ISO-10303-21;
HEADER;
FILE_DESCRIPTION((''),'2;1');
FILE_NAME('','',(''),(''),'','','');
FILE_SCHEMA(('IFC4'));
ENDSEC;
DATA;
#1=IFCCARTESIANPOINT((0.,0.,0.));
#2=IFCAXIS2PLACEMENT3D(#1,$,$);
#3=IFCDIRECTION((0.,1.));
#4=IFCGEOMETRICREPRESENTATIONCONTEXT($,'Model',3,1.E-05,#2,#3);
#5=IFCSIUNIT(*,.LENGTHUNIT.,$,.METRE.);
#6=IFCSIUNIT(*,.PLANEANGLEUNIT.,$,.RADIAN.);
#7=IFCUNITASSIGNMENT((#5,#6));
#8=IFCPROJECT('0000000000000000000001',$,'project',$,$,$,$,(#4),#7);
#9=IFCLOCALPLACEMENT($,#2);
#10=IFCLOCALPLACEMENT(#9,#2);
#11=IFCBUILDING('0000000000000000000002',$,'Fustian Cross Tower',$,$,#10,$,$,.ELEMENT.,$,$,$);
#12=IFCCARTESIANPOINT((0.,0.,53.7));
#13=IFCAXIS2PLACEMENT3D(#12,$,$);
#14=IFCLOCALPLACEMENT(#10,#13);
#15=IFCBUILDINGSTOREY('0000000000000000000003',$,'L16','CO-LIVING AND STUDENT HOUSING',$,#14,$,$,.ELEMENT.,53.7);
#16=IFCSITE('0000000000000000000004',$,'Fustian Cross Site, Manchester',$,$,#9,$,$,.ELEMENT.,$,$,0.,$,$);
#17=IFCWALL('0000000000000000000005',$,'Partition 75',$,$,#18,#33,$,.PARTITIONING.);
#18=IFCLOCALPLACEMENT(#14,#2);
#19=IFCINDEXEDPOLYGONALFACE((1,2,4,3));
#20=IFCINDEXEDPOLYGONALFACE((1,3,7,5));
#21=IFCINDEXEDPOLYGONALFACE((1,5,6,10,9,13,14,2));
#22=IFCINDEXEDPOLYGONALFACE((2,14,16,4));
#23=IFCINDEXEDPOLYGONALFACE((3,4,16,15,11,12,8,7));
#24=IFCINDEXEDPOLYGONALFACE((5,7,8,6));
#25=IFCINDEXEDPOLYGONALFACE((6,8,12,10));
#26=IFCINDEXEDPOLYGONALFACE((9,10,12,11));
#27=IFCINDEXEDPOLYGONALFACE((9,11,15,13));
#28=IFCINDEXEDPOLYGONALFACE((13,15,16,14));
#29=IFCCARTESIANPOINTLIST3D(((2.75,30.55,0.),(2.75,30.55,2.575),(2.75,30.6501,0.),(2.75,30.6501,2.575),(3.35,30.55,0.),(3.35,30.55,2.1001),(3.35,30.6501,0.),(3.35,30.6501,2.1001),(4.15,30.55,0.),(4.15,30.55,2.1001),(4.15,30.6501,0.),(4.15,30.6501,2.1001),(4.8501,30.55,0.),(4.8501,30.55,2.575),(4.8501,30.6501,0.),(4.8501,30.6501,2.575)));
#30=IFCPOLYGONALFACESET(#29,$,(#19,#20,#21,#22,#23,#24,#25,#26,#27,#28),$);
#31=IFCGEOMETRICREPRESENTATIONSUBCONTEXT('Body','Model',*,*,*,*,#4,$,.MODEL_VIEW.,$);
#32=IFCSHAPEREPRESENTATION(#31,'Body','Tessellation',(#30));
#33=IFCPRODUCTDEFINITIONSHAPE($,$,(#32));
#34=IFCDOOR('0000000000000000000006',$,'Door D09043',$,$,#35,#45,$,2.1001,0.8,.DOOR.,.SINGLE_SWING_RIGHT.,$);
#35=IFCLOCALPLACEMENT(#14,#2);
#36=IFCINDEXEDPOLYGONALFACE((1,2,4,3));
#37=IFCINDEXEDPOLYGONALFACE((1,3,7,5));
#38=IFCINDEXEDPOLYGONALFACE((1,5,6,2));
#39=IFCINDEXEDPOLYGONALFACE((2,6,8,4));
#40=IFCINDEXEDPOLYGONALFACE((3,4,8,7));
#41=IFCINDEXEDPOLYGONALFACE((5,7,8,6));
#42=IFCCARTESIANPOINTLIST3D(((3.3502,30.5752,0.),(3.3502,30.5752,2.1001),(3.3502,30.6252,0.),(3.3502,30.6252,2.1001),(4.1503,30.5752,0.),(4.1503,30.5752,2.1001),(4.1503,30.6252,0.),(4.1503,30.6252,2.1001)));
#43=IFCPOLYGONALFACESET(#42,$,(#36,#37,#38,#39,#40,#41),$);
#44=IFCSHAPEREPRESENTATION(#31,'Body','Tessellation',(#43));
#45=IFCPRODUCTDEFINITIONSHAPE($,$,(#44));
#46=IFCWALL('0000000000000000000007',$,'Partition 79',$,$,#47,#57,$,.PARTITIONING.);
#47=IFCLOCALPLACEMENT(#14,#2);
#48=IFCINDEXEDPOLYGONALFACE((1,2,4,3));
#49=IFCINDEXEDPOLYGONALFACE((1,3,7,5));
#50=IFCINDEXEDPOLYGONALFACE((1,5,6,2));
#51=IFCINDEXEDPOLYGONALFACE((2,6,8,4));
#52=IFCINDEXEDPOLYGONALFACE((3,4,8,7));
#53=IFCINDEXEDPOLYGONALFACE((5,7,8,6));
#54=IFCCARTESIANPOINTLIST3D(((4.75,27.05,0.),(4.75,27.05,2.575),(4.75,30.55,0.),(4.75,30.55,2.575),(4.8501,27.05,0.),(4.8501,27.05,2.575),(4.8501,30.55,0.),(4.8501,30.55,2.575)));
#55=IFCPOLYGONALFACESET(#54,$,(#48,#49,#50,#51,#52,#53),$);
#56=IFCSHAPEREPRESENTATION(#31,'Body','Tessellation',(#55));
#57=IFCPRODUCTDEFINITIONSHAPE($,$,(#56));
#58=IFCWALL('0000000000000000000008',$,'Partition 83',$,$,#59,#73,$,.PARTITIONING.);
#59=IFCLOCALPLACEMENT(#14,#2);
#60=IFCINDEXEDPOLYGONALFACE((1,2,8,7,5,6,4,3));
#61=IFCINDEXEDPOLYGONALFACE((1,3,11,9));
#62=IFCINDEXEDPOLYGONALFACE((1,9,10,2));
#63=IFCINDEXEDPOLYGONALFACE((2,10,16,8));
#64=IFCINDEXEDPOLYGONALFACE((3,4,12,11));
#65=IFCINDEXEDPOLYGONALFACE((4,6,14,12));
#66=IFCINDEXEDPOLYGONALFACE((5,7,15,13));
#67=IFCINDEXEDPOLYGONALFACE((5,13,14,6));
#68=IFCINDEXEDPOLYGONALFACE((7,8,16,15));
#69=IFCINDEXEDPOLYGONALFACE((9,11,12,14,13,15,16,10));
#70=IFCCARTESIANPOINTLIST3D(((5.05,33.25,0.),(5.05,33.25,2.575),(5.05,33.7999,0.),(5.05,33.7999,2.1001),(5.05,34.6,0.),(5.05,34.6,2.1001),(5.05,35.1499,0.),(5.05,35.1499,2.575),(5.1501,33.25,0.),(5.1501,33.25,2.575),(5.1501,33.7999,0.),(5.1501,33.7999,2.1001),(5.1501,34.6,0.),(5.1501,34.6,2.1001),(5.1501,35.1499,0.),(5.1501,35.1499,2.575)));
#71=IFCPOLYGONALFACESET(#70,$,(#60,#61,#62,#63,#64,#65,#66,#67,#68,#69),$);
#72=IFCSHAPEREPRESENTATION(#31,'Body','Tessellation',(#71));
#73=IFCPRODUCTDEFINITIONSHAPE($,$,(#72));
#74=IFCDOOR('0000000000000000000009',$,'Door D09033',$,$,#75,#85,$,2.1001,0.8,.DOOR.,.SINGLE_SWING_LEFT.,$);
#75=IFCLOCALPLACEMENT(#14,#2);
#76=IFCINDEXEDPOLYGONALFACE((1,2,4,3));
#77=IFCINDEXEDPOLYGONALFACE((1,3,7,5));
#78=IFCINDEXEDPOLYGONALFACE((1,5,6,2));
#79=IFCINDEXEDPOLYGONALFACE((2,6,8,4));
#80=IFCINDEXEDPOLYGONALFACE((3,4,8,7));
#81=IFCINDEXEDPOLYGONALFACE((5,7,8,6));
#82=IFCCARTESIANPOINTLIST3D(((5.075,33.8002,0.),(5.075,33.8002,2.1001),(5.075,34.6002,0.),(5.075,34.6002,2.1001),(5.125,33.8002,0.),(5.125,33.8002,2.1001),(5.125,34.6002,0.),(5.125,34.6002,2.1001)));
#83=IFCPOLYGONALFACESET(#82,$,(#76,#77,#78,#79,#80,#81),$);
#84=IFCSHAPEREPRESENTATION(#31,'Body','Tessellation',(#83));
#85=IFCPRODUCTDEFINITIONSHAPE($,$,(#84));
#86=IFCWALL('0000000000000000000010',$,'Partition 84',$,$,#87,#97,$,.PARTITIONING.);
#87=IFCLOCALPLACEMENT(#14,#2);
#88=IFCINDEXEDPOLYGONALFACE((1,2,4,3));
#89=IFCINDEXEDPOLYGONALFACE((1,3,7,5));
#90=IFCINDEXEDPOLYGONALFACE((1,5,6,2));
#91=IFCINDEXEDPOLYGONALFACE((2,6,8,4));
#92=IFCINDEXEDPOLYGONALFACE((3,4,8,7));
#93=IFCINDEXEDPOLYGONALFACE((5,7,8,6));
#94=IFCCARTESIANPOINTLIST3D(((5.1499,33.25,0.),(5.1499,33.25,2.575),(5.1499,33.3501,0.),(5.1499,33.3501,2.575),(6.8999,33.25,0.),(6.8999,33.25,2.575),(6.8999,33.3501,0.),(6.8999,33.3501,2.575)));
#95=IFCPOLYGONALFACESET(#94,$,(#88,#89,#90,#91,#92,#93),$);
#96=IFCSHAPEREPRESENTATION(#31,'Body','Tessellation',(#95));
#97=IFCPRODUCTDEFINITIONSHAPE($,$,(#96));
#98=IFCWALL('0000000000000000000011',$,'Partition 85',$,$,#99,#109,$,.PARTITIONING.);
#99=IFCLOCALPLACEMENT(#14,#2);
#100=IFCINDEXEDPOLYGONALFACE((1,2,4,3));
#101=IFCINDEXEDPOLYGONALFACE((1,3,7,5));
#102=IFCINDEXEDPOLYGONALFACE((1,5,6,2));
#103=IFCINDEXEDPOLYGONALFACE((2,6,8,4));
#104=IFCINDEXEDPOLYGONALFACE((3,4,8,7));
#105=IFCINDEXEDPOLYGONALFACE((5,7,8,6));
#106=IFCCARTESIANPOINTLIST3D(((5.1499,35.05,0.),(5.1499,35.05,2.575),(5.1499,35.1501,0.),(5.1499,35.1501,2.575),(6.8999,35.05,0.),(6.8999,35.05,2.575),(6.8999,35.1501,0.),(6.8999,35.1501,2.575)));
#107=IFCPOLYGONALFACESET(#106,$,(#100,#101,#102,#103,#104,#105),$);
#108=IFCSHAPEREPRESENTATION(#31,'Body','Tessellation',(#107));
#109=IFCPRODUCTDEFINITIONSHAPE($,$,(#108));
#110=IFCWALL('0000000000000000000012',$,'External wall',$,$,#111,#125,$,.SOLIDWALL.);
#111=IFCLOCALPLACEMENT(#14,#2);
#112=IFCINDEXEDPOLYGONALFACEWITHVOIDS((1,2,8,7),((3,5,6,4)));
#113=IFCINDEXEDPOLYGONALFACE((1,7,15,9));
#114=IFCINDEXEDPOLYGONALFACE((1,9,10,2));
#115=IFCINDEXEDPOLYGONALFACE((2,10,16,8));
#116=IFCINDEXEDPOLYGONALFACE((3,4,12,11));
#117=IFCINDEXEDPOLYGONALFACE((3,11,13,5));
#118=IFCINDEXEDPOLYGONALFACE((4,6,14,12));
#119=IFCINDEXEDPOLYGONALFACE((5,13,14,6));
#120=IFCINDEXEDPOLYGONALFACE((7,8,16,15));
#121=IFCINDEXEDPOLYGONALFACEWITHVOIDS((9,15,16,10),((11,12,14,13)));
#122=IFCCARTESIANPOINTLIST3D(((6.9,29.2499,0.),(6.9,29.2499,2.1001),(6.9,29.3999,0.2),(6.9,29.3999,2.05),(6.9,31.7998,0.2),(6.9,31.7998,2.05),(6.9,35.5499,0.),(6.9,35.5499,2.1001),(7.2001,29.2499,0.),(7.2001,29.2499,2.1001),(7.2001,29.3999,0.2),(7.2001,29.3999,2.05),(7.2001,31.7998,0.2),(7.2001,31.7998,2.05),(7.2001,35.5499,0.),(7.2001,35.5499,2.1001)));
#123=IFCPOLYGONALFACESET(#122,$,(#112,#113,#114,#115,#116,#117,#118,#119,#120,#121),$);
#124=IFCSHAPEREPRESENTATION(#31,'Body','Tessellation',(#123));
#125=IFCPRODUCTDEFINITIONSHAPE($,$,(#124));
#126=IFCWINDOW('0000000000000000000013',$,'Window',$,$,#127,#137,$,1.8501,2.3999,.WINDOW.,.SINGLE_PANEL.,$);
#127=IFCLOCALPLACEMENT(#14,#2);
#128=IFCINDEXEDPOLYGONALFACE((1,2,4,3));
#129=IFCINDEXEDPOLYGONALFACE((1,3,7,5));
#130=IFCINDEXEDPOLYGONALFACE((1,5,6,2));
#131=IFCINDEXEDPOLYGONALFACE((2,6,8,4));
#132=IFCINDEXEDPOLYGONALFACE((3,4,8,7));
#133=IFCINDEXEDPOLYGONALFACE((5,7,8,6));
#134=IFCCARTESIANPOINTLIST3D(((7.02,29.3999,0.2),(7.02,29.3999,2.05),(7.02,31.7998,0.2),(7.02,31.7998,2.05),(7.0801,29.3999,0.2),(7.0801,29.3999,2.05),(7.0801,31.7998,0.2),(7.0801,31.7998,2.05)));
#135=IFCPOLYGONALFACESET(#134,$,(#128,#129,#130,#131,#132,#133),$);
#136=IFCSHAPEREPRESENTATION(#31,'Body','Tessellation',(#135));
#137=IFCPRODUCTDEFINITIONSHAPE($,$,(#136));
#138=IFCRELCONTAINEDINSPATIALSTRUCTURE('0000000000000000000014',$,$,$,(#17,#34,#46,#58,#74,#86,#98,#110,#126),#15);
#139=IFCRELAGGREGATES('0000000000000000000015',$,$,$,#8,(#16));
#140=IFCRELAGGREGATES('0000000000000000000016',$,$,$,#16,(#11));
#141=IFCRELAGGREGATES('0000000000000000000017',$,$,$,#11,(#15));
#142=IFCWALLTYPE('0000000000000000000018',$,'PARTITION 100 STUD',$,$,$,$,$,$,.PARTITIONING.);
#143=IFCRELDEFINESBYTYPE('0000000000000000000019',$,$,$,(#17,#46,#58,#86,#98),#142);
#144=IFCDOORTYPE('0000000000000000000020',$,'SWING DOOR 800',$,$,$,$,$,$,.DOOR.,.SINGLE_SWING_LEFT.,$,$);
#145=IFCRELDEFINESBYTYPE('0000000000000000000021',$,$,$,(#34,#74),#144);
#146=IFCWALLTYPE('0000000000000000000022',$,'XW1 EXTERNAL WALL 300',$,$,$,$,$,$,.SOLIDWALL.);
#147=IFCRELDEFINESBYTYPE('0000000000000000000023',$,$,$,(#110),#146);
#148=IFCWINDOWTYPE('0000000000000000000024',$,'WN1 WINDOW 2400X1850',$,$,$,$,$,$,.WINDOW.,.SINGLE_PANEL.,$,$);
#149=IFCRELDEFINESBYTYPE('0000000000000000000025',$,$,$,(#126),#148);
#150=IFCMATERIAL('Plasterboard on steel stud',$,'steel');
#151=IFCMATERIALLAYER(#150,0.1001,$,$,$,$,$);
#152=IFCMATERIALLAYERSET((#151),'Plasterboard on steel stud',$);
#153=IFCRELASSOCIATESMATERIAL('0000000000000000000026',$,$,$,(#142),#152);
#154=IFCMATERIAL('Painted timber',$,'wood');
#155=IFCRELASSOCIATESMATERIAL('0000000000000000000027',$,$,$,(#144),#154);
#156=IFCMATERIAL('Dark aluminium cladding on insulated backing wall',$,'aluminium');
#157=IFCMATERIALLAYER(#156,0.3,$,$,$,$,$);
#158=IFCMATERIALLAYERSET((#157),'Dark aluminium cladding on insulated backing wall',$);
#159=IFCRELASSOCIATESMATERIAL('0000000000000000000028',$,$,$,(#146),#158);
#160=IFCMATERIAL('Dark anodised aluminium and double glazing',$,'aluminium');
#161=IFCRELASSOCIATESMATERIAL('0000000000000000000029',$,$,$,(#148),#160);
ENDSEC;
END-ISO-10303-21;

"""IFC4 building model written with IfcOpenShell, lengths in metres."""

from ifc_helpers import new_model, si_unit, direction, frame, frame_2d, origin, place, context, subcontext, project, spatial, rectangle, extrude, material, layer, layer_set, type_object, element, fill, save


model = new_model("IFC4")

# Units and contexts
model_context = context("Model", 3, precision=1e-05, world=origin(), true_north=direction((0.0, 1.0)))
body_context = subcontext(model_context, "Body", "Model", "MODEL_VIEW")
ifc_project = project(units=[si_unit("LENGTHUNIT", "METRE"), si_unit("PLANEANGLEUNIT", "RADIAN")], contexts=[model_context])

# Site, building, storey
site_placement = place(None, origin())
site = spatial("IfcSite", under=ifc_project, at=site_placement, Name="Fustian Cross Site, Manchester", CompositionType="ELEMENT", RefElevation=0.0)
building_placement = place(site_placement, origin())
building = spatial("IfcBuilding", under=site, at=building_placement, Name="Fustian Cross Tower", CompositionType="ELEMENT")
storey_placement = place(building_placement, frame((0.0, 0.0, 53.7)))
storey = spatial("IfcBuildingStorey", under=building, at=storey_placement, Name="L16", Description="CO-LIVING AND STUDENT HOUSING", CompositionType="ELEMENT", Elevation=53.7)

# Shared definitions
ifc_material_1 = material(Name="Plasterboard on steel stud", Category="steel")
ifc_layer_1 = layer(ifc_material_1, 0.1001)
ifc_layer_set_1 = layer_set([ifc_layer_1], Name="Plasterboard on steel stud")
wall_type_1 = type_object("IfcWallType", Name="PARTITION 100 STUD", PredefinedType="PARTITIONING", material=ifc_layer_set_1)
ifc_material_2 = material(Name="Painted timber", Category="wood")
door_type_1 = type_object("IfcDoorType", Name="SWING DOOR 800", OperationType="SINGLE_SWING_LEFT", PredefinedType="DOOR", material=ifc_material_2)

# Wall, opening, door
wall_1_placement = place(storey_placement, frame((2.75, 30.6001, 0.0), z_axis=(0.0, 0.0, 1.0), x_axis=(1.0, 0.0, 0.0)))
wall_1 = element("IfcWall", 1, at=wall_1_placement, inside=storey, type_object=wall_type_1, Name="Partition 75", PredefinedType="PARTITIONING", context=body_context, shape_type="SweptSolid", body=[
    extrude(rectangle(XDim=2.1001, YDim=0.1001, at=frame_2d((1.05, 0.0))), origin(), (0.0, 0.0, 1.0), 2.575),
])
opening_1_placement = place(wall_1_placement, frame((0.6001, 0.0, 0.0)))
opening_1 = element("IfcOpeningElement", 2, at=opening_1_placement, cuts=wall_1, PredefinedType="OPENING", context=body_context, shape_type="SweptSolid", body=[
    extrude(rectangle(XDim=0.8, YDim=2.1001, at=frame_2d((0.3999, 1.05))), frame((0.0, 0.0601, 0.0), z_axis=(0.0, -1.0, 0.0), x_axis=(1.0, 0.0, 0.0)), (0.0, 0.0, 1.0), 0.1201),
])
door_1_placement = place(opening_1_placement, frame((0.8, 0.0, 0.0), z_axis=(0.0, 0.0, 1.0), x_axis=(-1.0, 0.0, 0.0)))
door_1 = element("IfcDoor", 3, at=door_1_placement, inside=storey, type_object=door_type_1, Name="Door D09043", OperationType="SINGLE_SWING_RIGHT", OverallHeight=2.1001, OverallWidth=0.8, PredefinedType="DOOR", context=body_context, shape_type="SweptSolid", body=[
    extrude(rectangle(XDim=0.8, YDim=2.1001, at=frame_2d((0.3999, 1.05))), frame((0.0, 0.0249, 0.0), z_axis=(0.0, -1.0, 0.0), x_axis=(1.0, 0.0, 0.0)), (0.0, 0.0, 1.0), 0.05),
])
fill(opening_1, door_1)

# Wall
wall_2_placement = place(storey_placement, frame((4.8, 27.05, 0.0), z_axis=(0.0, 0.0, 1.0), x_axis=(0.0, 1.0, 0.0)))
element("IfcWall", 4, at=wall_2_placement, inside=storey, type_object=wall_type_1, Name="Partition 79", PredefinedType="PARTITIONING", context=body_context, shape_type="SweptSolid", body=[
    extrude(rectangle(XDim=3.5, YDim=0.1001, at=frame_2d((1.75, 0.0))), origin(), (0.0, 0.0, 1.0), 2.575),
])

# Wall, opening, door
wall_3_placement = place(storey_placement, frame((5.1001, 33.25, 0.0), z_axis=(0.0, 0.0, 1.0), x_axis=(0.0, 1.0, 0.0)))
wall_3 = element("IfcWall", 5, at=wall_3_placement, inside=storey, type_object=wall_type_1, Name="Partition 83", PredefinedType="PARTITIONING", context=body_context, shape_type="SweptSolid", body=[
    extrude(rectangle(XDim=1.8999, YDim=0.1001, at=frame_2d((0.95, 0.0))), origin(), (0.0, 0.0, 1.0), 2.575),
])
opening_2_placement = place(wall_3_placement, frame((0.55, 0.0, 0.0)))
opening_2 = element("IfcOpeningElement", 6, at=opening_2_placement, cuts=wall_3, PredefinedType="OPENING", context=body_context, shape_type="SweptSolid", body=[
    extrude(rectangle(XDim=0.8, YDim=2.1001, at=frame_2d((0.3999, 1.05))), frame((0.0, 0.0601, 0.0), z_axis=(0.0, -1.0, 0.0), x_axis=(1.0, 0.0, 0.0)), (0.0, 0.0, 1.0), 0.1201),
])
door_2_placement = place(opening_2_placement, frame((0.8, 0.0, 0.0), z_axis=(0.0, 0.0, 1.0), x_axis=(-1.0, 0.0, 0.0)))
door_2 = element("IfcDoor", 7, at=door_2_placement, inside=storey, type_object=door_type_1, Name="Door D09033", OperationType="SINGLE_SWING_LEFT", OverallHeight=2.1001, OverallWidth=0.8, PredefinedType="DOOR", context=body_context, shape_type="SweptSolid", body=[
    extrude(rectangle(XDim=0.8, YDim=2.1001, at=frame_2d((0.3999, 1.05))), frame((0.0, 0.0249, 0.0), z_axis=(0.0, -1.0, 0.0), x_axis=(1.0, 0.0, 0.0)), (0.0, 0.0, 1.0), 0.05),
])
fill(opening_2, door_2)

# Walls
for number, where, z_axis, x_axis, name in (
    (8, (5.1499, 33.3, 0.0), (0.0, 0.0, 1.0), (1.0, 0.0, 0.0), "Partition 84"),
    (9, (5.1499, 35.1001, 0.0), (0.0, 0.0, 1.0), (1.0, 0.0, 0.0), "Partition 85"),
):
    element("IfcWall", number, at=place(storey_placement, frame(where, z_axis=z_axis, x_axis=x_axis)), inside=storey, type_object=wall_type_1, Name=name, PredefinedType="PARTITIONING", context=body_context, shape_type="SweptSolid", body=[
        extrude(rectangle(XDim=1.75, YDim=0.1001, at=frame_2d((0.875, 0.0))), origin(), (0.0, 0.0, 1.0), 2.575),
    ])

# Wall, opening, window
ifc_material_3 = material(Name="Dark aluminium cladding on insulated backing wall", Category="aluminium")
ifc_layer_2 = layer(ifc_material_3, 0.3)
ifc_layer_set_2 = layer_set([ifc_layer_2], Name="Dark aluminium cladding on insulated backing wall")
wall_type_2 = type_object("IfcWallType", Name="XW1 EXTERNAL WALL 300", PredefinedType="SOLIDWALL", material=ifc_layer_set_2)
wall_4_placement = place(storey_placement, frame((7.05, 29.25, 0.0), z_axis=(0.0, 0.0, 1.0), x_axis=(0.0, 1.0, 0.0)))
wall_4 = element("IfcWall", 10, at=wall_4_placement, inside=storey, type_object=wall_type_2, Name="External wall", PredefinedType="SOLIDWALL", context=body_context, shape_type="SweptSolid", body=[
    extrude(rectangle(XDim=6.3, YDim=0.3, at=frame_2d((3.1499, 0.0))), origin(), (0.0, 0.0, 1.0), 2.1001),
])
opening_3_placement = place(wall_4_placement, frame((0.1499, 0.0, 0.2)))
opening_3 = element("IfcOpeningElement", 11, at=opening_3_placement, cuts=wall_4, PredefinedType="OPENING", context=body_context, shape_type="SweptSolid", body=[
    extrude(rectangle(XDim=2.3999, YDim=1.8501, at=frame_2d((1.2, 0.925))), frame((0.0, 0.1599, 0.0), z_axis=(0.0, -1.0, 0.0), x_axis=(1.0, 0.0, 0.0)), (0.0, 0.0, 1.0), 0.3201),
])
ifc_material_4 = material(Name="Dark anodised aluminium and double glazing", Category="aluminium")
window_type = type_object("IfcWindowType", Name="WN1 WINDOW 2400X1850", PartitioningType="SINGLE_PANEL", PredefinedType="WINDOW", material=ifc_material_4)
window_placement = place(opening_3_placement, origin())
window = element("IfcWindow", 12, at=window_placement, inside=storey, type_object=window_type, Name="Window", OverallHeight=1.8501, OverallWidth=2.3999, PartitioningType="SINGLE_PANEL", PredefinedType="WINDOW", context=body_context, shape_type="SweptSolid", body=[
    extrude(rectangle(XDim=2.3999, YDim=1.8501, at=frame_2d((1.2, 0.925))), frame((0.0, 0.03, 0.0), z_axis=(0.0, -1.0, 0.0), x_axis=(1.0, 0.0, 0.0)), (0.0, 0.0, 1.0), 0.0601),
])
fill(opening_3, window)

save(model, "model.ifc")
